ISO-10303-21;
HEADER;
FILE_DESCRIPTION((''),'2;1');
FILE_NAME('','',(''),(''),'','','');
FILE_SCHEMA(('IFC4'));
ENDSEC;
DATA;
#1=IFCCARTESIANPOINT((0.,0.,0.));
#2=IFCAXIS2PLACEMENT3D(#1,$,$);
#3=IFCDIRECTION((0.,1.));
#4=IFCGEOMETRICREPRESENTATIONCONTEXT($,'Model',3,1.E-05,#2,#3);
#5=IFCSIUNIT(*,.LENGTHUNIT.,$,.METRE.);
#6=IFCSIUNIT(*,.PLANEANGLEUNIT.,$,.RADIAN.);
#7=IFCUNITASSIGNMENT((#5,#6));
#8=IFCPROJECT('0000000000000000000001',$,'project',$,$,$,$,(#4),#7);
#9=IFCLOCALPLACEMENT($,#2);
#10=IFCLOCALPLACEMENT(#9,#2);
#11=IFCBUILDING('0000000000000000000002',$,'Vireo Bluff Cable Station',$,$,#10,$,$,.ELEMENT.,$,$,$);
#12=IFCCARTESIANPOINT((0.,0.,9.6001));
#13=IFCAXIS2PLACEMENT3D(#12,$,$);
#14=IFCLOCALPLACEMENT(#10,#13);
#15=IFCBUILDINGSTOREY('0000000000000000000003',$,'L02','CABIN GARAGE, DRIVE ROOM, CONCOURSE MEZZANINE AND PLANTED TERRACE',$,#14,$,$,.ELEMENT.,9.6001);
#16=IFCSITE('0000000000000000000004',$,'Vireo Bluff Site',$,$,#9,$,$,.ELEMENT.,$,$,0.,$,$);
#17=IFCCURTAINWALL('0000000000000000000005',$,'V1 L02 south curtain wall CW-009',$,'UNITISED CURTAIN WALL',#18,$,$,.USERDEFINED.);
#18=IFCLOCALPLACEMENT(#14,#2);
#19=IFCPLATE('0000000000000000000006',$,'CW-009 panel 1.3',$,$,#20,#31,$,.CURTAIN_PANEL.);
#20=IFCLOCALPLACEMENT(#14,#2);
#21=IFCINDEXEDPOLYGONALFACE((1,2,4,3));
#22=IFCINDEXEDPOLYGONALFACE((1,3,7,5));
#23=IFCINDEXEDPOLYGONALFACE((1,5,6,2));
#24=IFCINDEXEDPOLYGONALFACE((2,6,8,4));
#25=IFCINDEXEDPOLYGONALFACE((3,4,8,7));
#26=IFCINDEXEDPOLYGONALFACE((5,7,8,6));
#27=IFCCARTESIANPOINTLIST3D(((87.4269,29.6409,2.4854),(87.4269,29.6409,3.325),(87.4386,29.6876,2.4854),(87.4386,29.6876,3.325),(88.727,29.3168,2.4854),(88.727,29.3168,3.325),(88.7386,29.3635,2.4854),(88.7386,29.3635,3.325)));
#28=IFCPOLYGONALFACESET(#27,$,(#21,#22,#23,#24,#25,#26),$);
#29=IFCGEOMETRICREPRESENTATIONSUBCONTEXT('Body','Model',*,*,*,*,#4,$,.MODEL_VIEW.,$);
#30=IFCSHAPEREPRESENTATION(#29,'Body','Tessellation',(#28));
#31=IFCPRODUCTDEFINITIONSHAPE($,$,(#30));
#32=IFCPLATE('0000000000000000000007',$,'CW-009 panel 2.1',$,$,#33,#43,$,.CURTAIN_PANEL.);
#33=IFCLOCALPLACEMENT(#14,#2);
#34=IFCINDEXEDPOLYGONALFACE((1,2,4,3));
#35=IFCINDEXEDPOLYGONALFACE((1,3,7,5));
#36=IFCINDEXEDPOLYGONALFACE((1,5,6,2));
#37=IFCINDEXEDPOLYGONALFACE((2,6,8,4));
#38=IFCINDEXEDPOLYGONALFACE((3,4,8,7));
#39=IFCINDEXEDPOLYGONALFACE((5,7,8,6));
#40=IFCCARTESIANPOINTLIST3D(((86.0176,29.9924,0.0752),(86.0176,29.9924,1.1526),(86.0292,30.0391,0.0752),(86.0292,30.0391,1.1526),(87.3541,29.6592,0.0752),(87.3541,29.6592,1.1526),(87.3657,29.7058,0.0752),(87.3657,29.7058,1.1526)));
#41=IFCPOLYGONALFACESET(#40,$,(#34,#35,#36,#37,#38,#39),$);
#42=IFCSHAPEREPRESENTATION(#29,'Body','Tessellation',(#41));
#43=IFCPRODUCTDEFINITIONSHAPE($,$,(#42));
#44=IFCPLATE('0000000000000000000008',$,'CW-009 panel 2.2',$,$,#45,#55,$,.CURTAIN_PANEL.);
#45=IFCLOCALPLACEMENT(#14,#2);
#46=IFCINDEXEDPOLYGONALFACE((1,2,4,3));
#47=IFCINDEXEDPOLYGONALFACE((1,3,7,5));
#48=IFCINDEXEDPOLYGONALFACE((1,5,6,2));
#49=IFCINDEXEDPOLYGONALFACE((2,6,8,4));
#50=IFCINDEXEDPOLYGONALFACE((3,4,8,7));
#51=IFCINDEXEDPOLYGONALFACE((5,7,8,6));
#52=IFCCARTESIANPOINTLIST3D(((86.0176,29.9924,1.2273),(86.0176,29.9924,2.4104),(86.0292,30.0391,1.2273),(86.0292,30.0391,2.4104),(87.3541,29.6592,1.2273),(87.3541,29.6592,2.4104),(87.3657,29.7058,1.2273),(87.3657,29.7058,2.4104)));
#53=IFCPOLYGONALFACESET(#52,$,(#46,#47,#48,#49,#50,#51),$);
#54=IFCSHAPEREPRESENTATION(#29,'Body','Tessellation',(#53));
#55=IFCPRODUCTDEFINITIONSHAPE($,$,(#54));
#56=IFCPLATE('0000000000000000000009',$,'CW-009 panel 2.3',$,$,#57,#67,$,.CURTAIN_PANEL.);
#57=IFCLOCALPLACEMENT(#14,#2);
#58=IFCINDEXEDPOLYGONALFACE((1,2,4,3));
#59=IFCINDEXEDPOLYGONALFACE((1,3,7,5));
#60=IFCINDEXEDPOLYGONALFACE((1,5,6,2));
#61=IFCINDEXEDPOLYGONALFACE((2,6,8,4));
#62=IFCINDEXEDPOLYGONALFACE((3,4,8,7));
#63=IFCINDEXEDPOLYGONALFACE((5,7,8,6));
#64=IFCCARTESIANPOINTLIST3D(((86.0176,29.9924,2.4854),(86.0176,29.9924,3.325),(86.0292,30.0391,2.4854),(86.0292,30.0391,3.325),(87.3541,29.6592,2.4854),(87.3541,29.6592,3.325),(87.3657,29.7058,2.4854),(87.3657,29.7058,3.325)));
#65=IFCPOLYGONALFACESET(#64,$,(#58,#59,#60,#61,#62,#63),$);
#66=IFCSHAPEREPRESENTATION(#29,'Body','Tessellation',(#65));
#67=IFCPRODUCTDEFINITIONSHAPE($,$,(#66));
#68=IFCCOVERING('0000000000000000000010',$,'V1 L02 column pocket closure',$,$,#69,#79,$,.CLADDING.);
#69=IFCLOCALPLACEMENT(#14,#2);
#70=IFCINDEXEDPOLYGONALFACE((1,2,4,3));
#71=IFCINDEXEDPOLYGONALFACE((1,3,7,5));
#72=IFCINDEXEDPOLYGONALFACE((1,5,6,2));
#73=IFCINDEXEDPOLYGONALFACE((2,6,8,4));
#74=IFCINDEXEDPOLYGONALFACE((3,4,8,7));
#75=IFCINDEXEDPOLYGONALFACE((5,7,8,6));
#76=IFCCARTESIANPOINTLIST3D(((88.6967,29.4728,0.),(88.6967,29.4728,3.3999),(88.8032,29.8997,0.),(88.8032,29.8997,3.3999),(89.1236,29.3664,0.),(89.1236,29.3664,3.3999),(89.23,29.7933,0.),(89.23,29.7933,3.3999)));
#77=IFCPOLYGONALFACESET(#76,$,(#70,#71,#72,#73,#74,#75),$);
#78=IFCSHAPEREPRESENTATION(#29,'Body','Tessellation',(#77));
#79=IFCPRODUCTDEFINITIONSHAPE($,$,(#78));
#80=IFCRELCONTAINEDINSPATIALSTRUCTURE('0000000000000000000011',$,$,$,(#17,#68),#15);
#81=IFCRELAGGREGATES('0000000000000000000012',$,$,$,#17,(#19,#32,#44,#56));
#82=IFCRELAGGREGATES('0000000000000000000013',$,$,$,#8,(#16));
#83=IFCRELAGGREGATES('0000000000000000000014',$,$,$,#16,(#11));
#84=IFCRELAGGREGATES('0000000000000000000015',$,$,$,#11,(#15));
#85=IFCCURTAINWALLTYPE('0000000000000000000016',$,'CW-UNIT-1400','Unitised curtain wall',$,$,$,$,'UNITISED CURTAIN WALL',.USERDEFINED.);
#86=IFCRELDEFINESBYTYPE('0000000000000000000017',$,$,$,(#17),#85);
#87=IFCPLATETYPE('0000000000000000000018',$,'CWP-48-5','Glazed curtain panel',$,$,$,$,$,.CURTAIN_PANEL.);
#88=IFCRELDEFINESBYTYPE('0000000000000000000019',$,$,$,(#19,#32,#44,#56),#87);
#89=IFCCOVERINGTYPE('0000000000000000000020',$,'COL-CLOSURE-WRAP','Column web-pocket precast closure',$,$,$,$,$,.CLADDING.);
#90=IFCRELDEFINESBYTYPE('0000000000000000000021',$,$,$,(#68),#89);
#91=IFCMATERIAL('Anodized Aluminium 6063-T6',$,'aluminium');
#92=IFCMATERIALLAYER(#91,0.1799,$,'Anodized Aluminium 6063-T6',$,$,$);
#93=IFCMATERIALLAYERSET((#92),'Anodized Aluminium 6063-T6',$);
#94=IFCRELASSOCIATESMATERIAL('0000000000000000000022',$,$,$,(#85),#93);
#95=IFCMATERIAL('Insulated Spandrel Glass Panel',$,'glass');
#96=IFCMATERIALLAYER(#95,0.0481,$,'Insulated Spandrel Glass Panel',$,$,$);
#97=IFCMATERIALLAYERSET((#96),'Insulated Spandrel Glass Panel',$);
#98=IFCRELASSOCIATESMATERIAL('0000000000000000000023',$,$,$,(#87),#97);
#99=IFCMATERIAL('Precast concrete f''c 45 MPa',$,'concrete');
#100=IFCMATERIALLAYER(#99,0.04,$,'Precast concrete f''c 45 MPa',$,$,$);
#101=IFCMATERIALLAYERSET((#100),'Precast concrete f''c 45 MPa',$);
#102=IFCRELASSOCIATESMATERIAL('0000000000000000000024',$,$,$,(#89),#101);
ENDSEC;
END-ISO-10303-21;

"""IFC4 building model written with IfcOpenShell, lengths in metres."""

from ifc_helpers import new_model, si_unit, direction, frame, origin, origin_2d, place, context, subcontext, project, spatial, rectangle, extrude, material, layer, layer_set, type_object, element, aggregate, save


model = new_model("IFC4")

# Units and contexts
model_context = context("Model", 3, precision=1e-05, world=origin(), true_north=direction((0.0, 1.0)))
body_context = subcontext(model_context, "Body", "Model", "MODEL_VIEW")
ifc_project = project(units=[si_unit("LENGTHUNIT", "METRE"), si_unit("PLANEANGLEUNIT", "RADIAN")], contexts=[model_context])

# Site, building, storey
site_placement = place(None, origin())
site = spatial("IfcSite", under=ifc_project, at=site_placement, Name="Vireo Bluff Site", CompositionType="ELEMENT", RefElevation=0.0)
building_placement = place(site_placement, origin())
building = spatial("IfcBuilding", under=site, at=building_placement, Name="Vireo Bluff Cable Station", CompositionType="ELEMENT")
storey_placement = place(building_placement, frame((0.0, 0.0, 9.6001)))
storey = spatial("IfcBuildingStorey", under=building, at=storey_placement, Name="L02", Description="CABIN GARAGE, DRIVE ROOM, CONCOURSE MEZZANINE AND PLANTED TERRACE", CompositionType="ELEMENT", Elevation=9.6001)

# Curtain wall
ifc_material_1 = material(Name="Anodized Aluminium 6063-T6", Category="aluminium")
ifc_layer_1 = layer(ifc_material_1, 0.1799, Name="Anodized Aluminium 6063-T6")
ifc_layer_set_1 = layer_set([ifc_layer_1], Name="Anodized Aluminium 6063-T6")
curtain_wall_type = type_object("IfcCurtainWallType", Name="CW-UNIT-1400", Description="Unitised curtain wall", ElementType="UNITISED CURTAIN WALL", PredefinedType="USERDEFINED", material=ifc_layer_set_1)
curtain_wall_placement = place(storey_placement, origin())
curtain_wall = element("IfcCurtainWall", 1, at=curtain_wall_placement, inside=storey, type_object=curtain_wall_type, Name="V1 L02 south curtain wall CW-009", ObjectType="UNITISED CURTAIN WALL", PredefinedType="USERDEFINED")

# Plates
ifc_material_2 = material(Name="Insulated Spandrel Glass Panel", Category="glass")
ifc_layer_2 = layer(ifc_material_2, 0.0481, Name="Insulated Spandrel Glass Panel")
ifc_layer_set_2 = layer_set([ifc_layer_2], Name="Insulated Spandrel Glass Panel")
plate_type = type_object("IfcPlateType", Name="CWP-48-5", Description="Glazed curtain panel", PredefinedType="CURTAIN_PANEL", material=ifc_layer_set_2)
plate_1_placement = place(storey_placement, frame((88.0828, 29.5022, 2.4854), z_axis=(0.0, 0.0, 1.0), x_axis=(-0.970296, 0.241922, 0.0)))
plate_1 = element("IfcPlate", 2, at=plate_1_placement, type_object=plate_type, Name="CW-009 panel 1.3", PredefinedType="CURTAIN_PANEL", context=body_context, shape_type="SweptSolid", body=[
    extrude(rectangle(XDim=1.3398, YDim=0.0481, at=origin_2d()), origin(), (0.0, 0.0, 1.0), 0.8396),
])
plate_2_placement = place(storey_placement, frame((86.6917, 29.8491, 0.0752), z_axis=(0.0, 0.0, 1.0), x_axis=(-0.970296, 0.241922, 0.0)))
plate_2 = element("IfcPlate", 3, at=plate_2_placement, type_object=plate_type, Name="CW-009 panel 2.1", PredefinedType="CURTAIN_PANEL", context=body_context, shape_type="SweptSolid", body=[
    extrude(rectangle(XDim=1.3774, YDim=0.0481, at=origin_2d()), origin(), (0.0, 0.0, 1.0), 1.0774),
])
plate_3_placement = place(storey_placement, frame((86.6917, 29.8491, 1.2273), z_axis=(0.0, 0.0, 1.0), x_axis=(-0.970296, 0.241922, 0.0)))
plate_3 = element("IfcPlate", 4, at=plate_3_placement, type_object=plate_type, Name="CW-009 panel 2.2", PredefinedType="CURTAIN_PANEL", context=body_context, shape_type="SweptSolid", body=[
    extrude(rectangle(XDim=1.3774, YDim=0.0481, at=origin_2d()), origin(), (0.0, 0.0, 1.0), 1.1831),
])
plate_4_placement = place(storey_placement, frame((86.6917, 29.8491, 2.4854), z_axis=(0.0, 0.0, 1.0), x_axis=(-0.970296, 0.241922, 0.0)))
plate_4 = element("IfcPlate", 5, at=plate_4_placement, type_object=plate_type, Name="CW-009 panel 2.3", PredefinedType="CURTAIN_PANEL", context=body_context, shape_type="SweptSolid", body=[
    extrude(rectangle(XDim=1.3774, YDim=0.0481, at=origin_2d()), origin(), (0.0, 0.0, 1.0), 0.8396),
])
aggregate(curtain_wall, [plate_1, plate_2, plate_3, plate_4])

# Covering
ifc_material_3 = material(Name="Precast concrete f'c 45 MPa", Category="concrete")
ifc_layer_3 = layer(ifc_material_3, 0.04, Name="Precast concrete f'c 45 MPa")
ifc_layer_set_3 = layer_set([ifc_layer_3], Name="Precast concrete f'c 45 MPa")
covering_type = type_object("IfcCoveringType", Name="COL-CLOSURE-WRAP", Description="Column web-pocket precast closure", PredefinedType="CLADDING", material=ifc_layer_set_3)
covering_placement = place(storey_placement, frame((88.9634, 29.6331, 0.0), z_axis=(0.0, 0.0, 1.0), x_axis=(0.970296, -0.241922, 0.0)))
element("IfcCovering", 6, at=covering_placement, inside=storey, type_object=covering_type, Name="V1 L02 column pocket closure", PredefinedType="CLADDING", context=body_context, shape_type="SweptSolid", body=[
    extrude(rectangle(XDim=0.4399, YDim=0.4399, at=origin_2d()), origin(), (0.0, 0.0, 1.0), 3.3999),
])

save(model, "model.ifc")
